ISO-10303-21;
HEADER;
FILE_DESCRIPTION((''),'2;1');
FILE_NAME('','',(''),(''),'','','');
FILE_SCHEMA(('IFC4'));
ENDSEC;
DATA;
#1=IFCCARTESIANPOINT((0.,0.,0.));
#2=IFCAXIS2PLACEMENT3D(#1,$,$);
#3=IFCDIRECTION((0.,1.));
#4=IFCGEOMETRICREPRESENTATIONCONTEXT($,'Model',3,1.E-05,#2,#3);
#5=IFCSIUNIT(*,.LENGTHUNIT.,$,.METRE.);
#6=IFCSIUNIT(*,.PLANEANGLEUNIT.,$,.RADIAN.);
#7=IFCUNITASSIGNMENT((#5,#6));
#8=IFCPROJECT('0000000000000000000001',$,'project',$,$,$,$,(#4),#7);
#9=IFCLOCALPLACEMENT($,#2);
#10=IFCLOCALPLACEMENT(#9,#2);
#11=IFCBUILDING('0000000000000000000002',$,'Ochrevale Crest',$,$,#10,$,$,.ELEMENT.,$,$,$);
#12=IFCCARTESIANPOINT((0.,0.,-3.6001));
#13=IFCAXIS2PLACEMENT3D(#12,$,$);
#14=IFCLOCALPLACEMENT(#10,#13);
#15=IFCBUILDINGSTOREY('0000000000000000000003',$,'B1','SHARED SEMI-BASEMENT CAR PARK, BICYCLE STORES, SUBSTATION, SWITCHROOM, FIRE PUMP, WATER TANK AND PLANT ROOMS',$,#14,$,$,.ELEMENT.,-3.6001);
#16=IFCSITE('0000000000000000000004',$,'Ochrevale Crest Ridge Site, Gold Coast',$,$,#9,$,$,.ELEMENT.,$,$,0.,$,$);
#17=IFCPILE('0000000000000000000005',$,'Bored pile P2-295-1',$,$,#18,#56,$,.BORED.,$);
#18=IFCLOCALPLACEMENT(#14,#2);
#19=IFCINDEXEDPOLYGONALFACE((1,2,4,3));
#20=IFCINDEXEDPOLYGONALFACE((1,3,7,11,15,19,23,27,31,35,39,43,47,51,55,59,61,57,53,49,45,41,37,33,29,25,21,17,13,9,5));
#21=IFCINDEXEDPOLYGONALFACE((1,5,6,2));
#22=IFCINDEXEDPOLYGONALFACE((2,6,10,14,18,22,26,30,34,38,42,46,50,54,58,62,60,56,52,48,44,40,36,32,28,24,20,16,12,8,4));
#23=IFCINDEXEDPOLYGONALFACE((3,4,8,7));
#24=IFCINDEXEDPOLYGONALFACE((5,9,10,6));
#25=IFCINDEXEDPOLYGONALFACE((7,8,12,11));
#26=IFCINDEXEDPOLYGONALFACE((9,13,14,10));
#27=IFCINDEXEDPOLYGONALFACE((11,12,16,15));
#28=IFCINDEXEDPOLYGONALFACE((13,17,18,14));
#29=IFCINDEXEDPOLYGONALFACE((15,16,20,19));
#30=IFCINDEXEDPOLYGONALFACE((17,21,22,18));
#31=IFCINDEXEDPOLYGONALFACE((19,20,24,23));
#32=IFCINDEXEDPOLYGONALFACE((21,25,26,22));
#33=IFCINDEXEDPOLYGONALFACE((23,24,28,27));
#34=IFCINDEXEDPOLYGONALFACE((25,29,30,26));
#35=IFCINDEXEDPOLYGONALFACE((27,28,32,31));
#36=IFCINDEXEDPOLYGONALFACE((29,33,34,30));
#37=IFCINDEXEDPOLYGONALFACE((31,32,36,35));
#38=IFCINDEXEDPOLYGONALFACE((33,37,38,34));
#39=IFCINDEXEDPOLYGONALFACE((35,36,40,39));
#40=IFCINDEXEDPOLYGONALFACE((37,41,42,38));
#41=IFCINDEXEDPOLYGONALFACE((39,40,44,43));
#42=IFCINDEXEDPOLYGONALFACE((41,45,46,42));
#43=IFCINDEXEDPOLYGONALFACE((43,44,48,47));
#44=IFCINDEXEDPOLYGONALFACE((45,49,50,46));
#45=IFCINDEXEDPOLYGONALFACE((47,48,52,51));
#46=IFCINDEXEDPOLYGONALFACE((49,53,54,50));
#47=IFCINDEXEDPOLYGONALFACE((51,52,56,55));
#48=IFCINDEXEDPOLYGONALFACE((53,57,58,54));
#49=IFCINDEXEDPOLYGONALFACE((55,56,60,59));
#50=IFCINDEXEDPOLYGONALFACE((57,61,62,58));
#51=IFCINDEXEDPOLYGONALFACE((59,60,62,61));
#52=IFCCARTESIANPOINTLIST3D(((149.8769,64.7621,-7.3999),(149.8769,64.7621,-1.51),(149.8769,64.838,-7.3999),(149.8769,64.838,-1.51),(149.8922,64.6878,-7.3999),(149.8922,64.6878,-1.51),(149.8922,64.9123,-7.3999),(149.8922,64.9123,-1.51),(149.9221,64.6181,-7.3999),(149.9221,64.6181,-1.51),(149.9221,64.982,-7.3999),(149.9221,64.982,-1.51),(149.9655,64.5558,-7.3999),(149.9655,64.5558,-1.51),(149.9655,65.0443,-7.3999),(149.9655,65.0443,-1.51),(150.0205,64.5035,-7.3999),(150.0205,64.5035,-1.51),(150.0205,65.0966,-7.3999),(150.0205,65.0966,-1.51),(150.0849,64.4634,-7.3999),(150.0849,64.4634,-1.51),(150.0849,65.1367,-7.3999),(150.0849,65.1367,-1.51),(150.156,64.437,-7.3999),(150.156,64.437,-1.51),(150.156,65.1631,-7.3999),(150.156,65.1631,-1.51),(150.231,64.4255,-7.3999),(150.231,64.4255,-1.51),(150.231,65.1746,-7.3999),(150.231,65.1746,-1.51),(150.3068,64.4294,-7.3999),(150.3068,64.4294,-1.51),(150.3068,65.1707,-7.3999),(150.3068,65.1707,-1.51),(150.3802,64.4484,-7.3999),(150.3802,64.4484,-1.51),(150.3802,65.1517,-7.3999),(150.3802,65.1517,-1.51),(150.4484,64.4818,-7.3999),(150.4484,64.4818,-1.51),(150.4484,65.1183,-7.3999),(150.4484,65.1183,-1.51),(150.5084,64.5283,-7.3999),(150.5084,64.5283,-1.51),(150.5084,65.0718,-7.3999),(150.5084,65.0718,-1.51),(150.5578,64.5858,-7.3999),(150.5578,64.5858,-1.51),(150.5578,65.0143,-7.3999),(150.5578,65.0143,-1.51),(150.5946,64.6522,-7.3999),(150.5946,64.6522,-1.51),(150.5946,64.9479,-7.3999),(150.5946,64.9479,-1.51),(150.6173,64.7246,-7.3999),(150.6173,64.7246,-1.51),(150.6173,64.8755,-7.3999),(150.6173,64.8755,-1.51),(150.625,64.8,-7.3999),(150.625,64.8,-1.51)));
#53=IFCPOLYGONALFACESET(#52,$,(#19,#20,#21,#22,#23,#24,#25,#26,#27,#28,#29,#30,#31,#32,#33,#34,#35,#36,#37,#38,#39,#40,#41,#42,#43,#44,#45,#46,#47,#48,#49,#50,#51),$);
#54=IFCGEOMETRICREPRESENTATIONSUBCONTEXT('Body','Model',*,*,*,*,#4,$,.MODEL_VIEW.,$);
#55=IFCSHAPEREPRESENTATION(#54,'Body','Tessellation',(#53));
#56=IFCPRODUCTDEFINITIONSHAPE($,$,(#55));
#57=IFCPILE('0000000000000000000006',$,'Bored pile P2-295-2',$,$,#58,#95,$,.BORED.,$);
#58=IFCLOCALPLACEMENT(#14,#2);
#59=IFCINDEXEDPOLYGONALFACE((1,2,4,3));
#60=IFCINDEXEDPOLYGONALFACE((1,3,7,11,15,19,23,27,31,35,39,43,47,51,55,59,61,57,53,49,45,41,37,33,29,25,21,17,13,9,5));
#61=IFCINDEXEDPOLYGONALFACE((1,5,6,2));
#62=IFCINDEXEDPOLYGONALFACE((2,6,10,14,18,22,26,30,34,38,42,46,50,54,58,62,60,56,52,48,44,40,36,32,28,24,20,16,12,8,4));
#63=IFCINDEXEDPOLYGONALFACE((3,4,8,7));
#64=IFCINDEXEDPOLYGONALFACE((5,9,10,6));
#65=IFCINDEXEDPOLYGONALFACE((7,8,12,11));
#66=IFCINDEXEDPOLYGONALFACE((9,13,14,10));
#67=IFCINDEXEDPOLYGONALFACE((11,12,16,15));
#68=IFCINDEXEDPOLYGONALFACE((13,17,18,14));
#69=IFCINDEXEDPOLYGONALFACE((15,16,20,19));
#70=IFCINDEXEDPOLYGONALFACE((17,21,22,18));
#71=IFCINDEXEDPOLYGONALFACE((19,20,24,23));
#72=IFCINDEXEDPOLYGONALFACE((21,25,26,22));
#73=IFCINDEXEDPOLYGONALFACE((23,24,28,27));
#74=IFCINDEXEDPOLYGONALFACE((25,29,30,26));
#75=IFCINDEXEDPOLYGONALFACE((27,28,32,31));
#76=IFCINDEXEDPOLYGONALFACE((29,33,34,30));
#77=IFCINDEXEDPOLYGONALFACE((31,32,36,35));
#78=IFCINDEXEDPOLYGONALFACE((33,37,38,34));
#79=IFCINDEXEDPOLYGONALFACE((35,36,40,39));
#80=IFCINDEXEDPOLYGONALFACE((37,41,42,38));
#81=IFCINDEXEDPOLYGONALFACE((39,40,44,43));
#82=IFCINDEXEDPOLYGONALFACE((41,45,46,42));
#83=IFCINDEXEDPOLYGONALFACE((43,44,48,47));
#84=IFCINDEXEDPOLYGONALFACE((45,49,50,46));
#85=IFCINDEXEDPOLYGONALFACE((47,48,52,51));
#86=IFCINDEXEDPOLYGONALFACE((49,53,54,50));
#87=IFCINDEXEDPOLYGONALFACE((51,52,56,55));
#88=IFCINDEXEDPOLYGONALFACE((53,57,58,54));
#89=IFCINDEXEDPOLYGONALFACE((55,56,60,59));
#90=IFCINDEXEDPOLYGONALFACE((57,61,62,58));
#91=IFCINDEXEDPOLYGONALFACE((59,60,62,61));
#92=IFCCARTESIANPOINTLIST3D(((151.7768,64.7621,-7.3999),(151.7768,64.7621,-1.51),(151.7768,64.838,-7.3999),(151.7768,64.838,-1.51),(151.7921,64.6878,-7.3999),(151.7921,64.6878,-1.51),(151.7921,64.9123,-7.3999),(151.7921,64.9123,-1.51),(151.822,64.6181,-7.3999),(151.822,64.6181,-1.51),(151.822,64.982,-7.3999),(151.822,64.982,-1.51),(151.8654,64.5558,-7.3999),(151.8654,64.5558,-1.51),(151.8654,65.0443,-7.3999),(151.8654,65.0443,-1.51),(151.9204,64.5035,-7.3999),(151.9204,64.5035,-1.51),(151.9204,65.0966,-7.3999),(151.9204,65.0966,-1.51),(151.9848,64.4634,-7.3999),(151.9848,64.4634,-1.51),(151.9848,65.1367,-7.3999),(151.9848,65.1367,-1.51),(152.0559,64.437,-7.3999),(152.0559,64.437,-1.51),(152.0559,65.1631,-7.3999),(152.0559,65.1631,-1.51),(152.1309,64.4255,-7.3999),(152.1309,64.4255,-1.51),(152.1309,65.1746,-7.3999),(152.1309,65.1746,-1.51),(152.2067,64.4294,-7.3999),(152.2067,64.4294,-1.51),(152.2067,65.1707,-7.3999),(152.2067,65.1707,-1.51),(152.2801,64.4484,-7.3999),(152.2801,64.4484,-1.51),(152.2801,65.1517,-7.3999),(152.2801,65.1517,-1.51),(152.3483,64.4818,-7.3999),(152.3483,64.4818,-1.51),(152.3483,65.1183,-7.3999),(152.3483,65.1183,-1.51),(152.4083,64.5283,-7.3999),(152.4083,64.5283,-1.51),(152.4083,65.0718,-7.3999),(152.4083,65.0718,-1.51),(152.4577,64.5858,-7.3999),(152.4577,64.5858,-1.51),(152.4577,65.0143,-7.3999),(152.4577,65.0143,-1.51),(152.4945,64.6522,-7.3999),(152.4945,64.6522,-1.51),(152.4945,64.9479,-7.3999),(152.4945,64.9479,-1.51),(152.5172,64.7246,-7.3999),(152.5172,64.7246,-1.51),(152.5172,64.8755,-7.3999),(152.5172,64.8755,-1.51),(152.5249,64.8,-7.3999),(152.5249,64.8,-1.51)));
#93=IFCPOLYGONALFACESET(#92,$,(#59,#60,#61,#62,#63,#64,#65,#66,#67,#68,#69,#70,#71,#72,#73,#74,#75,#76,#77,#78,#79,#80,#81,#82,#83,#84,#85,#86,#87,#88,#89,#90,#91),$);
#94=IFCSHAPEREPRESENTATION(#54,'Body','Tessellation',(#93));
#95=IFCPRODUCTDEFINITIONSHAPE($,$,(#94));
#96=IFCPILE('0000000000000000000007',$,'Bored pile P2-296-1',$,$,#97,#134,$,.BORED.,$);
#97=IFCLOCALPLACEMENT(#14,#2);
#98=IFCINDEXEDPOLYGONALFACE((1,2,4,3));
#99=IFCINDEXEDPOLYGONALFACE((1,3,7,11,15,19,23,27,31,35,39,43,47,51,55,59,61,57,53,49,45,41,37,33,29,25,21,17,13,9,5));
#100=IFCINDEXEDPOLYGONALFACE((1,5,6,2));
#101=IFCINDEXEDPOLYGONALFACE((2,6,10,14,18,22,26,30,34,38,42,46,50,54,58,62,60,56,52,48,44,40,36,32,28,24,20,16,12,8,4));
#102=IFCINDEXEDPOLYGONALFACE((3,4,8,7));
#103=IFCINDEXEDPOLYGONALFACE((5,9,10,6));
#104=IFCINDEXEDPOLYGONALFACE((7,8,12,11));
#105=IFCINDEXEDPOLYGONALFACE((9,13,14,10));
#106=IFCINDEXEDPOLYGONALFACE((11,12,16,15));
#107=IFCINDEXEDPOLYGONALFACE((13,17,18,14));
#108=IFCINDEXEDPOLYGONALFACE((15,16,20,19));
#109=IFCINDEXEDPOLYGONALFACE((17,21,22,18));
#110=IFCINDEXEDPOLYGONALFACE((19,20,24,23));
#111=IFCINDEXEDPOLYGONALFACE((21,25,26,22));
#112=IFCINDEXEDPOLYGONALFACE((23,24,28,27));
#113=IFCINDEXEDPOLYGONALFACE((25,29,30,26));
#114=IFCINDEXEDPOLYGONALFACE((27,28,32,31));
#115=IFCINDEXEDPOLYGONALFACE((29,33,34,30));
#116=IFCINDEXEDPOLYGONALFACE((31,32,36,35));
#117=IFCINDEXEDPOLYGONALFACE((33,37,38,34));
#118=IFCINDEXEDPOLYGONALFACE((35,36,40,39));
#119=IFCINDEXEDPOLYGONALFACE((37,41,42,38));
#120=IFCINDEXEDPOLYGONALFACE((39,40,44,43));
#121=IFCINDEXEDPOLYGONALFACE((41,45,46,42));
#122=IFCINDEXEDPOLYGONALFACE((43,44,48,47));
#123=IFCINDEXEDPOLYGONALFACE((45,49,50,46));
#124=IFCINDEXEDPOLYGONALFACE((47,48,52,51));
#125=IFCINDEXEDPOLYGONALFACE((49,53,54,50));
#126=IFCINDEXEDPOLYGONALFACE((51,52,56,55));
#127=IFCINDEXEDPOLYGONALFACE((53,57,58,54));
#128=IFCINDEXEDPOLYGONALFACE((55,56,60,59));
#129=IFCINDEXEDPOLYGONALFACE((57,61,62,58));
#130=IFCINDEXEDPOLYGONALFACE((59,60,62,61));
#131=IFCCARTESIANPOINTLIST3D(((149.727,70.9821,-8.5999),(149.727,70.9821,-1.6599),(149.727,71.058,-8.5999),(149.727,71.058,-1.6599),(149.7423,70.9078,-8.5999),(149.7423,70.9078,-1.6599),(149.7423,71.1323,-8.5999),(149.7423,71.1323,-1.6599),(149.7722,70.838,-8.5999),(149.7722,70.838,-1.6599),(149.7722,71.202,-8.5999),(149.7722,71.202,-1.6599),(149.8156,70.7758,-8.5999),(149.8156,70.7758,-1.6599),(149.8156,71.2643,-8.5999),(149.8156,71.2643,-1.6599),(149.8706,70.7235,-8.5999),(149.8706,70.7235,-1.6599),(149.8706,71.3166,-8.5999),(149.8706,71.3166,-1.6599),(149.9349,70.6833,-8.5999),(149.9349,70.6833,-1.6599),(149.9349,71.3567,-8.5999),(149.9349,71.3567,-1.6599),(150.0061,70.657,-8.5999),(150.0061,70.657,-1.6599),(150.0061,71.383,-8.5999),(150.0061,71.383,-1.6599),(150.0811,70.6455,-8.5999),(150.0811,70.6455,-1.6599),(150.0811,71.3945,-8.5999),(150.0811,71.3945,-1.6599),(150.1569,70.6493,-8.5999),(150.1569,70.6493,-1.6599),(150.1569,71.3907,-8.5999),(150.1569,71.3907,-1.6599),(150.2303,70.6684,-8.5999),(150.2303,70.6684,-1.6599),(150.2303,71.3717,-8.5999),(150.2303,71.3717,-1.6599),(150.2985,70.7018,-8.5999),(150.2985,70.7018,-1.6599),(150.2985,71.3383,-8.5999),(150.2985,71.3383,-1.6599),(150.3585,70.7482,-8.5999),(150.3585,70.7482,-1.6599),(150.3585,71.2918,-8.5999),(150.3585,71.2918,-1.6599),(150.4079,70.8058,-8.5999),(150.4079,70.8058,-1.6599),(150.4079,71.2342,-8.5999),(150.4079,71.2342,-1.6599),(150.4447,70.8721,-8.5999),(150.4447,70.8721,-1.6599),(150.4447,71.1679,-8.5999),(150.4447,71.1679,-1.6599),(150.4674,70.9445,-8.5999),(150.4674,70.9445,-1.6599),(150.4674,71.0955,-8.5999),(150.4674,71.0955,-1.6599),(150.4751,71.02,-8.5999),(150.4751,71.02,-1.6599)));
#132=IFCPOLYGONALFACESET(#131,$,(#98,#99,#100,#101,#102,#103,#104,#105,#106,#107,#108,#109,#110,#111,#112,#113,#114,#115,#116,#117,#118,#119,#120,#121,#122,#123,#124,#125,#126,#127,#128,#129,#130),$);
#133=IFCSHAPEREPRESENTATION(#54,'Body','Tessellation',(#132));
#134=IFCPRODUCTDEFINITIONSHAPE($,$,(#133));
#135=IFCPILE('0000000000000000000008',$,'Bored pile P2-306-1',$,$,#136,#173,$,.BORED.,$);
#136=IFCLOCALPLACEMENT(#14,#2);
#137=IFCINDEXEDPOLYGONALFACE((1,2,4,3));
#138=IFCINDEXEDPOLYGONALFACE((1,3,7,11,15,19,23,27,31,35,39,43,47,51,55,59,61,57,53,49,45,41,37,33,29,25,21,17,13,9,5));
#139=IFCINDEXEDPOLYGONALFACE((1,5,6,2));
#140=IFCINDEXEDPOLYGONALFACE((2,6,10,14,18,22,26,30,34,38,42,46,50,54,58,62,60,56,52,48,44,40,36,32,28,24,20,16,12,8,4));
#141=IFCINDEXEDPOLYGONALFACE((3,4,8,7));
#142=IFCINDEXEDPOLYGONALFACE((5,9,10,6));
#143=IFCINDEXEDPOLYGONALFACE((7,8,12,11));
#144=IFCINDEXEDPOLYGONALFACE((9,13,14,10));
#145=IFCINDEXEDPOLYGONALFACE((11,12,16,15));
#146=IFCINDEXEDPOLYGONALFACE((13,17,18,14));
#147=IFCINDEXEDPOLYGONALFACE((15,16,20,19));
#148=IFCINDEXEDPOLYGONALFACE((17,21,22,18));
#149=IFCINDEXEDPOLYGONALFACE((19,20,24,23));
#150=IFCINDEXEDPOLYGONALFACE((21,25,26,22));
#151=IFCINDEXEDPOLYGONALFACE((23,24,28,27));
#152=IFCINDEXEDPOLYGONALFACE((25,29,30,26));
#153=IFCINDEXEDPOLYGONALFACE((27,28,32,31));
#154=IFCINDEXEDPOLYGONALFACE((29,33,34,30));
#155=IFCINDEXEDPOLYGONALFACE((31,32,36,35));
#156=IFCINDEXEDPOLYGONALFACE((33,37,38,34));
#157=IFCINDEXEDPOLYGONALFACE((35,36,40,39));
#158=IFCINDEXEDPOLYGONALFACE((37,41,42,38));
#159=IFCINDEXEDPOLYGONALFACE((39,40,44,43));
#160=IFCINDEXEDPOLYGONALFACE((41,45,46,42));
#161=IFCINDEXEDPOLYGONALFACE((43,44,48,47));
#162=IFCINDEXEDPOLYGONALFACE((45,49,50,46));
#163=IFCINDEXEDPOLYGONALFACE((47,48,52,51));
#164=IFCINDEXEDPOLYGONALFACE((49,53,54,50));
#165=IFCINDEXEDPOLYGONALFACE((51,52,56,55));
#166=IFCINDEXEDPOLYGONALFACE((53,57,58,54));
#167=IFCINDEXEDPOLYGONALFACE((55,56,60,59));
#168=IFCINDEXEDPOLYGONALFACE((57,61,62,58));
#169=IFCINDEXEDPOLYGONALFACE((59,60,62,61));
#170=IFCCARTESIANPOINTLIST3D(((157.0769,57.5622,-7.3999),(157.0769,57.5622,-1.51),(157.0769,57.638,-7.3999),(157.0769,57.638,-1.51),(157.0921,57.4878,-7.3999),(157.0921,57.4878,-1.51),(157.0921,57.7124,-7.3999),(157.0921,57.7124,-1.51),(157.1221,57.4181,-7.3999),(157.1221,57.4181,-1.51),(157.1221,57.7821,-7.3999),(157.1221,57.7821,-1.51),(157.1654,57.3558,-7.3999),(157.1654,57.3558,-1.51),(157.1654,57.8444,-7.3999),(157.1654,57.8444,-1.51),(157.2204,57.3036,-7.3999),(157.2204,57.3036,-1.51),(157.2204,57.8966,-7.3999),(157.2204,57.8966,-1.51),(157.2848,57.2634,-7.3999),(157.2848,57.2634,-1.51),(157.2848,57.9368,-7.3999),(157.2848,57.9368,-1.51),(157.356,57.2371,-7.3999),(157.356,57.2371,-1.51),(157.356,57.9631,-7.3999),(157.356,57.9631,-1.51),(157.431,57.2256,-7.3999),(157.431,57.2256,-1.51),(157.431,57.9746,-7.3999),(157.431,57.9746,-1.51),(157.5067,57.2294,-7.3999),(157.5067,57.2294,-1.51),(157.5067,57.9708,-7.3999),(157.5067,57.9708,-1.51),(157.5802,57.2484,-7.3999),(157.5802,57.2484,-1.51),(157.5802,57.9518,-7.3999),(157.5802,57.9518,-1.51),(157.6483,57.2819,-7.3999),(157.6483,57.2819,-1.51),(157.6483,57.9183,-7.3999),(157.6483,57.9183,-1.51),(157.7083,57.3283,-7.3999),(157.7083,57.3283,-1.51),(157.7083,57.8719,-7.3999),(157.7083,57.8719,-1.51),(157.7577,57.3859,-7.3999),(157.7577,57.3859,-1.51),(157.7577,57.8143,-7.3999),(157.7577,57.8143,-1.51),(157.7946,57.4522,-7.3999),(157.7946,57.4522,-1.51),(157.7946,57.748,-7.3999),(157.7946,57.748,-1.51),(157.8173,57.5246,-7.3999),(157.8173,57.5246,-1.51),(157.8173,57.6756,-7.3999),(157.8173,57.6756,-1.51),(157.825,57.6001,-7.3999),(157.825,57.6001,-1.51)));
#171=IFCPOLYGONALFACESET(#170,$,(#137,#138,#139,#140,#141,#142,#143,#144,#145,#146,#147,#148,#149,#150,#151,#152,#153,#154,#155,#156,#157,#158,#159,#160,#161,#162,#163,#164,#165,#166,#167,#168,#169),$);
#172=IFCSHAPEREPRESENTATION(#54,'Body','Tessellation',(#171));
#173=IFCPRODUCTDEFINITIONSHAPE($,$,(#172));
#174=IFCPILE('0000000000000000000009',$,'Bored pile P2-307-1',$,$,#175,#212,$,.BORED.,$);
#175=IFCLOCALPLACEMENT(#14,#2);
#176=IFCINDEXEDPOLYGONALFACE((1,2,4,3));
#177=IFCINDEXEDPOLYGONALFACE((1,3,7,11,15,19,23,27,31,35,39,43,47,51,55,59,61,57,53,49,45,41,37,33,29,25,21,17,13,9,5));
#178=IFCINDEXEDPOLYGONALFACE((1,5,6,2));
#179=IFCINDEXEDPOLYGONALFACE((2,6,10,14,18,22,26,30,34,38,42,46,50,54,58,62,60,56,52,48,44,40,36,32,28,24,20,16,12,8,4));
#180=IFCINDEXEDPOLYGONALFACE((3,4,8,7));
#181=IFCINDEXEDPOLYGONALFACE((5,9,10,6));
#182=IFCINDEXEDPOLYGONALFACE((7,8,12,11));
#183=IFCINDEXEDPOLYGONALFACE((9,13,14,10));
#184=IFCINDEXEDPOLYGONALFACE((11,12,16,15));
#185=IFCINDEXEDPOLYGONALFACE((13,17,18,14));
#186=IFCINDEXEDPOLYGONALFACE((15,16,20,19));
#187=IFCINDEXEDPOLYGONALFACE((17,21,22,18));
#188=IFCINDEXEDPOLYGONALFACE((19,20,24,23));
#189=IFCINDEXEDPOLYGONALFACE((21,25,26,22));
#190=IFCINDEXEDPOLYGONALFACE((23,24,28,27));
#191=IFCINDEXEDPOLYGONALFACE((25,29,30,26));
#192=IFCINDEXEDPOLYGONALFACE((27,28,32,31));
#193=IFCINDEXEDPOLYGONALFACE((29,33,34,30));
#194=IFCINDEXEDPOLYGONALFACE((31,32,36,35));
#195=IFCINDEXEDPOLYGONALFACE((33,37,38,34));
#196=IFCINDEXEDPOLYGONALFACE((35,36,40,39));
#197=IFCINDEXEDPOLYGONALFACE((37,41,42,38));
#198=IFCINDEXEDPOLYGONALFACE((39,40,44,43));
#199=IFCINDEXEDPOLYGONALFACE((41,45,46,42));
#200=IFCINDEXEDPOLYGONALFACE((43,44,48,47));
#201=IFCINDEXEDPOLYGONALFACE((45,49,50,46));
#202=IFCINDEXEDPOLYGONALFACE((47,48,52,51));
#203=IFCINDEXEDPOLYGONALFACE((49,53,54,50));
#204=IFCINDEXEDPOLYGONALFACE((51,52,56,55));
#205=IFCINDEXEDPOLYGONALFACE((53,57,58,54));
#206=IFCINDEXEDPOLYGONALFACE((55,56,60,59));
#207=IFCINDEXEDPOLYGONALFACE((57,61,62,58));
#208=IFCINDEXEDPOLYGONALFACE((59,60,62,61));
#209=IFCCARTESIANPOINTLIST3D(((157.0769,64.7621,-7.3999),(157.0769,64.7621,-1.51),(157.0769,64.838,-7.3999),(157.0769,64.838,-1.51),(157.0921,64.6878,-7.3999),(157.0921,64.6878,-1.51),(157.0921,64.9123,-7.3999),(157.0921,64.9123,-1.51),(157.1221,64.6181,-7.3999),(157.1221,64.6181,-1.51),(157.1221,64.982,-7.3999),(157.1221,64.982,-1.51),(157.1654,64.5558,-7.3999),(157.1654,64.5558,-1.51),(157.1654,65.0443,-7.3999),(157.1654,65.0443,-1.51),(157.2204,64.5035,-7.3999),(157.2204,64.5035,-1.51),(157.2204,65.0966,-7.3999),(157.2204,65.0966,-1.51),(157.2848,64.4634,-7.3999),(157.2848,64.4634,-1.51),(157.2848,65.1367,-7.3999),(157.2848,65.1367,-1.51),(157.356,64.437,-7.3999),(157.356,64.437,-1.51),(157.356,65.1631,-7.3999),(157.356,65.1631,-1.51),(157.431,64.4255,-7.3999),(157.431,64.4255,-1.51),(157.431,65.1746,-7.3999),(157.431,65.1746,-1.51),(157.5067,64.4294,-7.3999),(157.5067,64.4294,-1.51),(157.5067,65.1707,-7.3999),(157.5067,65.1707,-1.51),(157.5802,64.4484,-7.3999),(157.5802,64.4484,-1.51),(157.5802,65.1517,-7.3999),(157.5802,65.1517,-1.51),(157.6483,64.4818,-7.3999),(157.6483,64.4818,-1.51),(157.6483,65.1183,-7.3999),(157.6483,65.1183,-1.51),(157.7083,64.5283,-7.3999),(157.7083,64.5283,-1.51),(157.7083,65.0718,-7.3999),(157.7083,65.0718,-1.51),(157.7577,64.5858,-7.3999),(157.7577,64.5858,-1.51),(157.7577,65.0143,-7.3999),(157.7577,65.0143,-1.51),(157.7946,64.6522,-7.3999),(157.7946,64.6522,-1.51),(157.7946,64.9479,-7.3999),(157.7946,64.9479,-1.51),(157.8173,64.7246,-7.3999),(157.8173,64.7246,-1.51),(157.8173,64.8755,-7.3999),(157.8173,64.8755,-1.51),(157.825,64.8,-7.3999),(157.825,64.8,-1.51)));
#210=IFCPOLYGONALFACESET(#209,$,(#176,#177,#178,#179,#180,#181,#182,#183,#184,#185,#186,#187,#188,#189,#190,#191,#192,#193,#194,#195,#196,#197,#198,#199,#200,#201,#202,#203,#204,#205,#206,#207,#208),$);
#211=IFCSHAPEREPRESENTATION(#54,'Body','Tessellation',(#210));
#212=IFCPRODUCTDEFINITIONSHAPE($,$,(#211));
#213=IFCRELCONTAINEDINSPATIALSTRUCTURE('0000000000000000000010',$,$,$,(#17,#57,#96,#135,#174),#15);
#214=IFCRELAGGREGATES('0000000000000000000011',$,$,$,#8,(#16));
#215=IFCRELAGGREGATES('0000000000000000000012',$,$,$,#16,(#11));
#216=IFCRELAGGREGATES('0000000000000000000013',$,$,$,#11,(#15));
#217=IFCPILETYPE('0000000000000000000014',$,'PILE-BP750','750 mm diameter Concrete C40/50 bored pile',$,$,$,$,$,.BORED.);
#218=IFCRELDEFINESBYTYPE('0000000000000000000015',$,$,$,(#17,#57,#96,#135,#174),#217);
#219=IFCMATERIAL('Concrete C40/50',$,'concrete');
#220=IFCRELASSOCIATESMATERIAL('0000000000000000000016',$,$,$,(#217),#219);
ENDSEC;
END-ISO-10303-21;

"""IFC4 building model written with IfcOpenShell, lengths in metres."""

from ifc_helpers import new_model, si_unit, direction, frame, origin, origin_2d, place, context, subcontext, project, spatial, circle, extrude, material, material_profile, profile_set, type_object, element, save


model = new_model("IFC4")

# Units and contexts
model_context = context("Model", 3, precision=1e-05, world=origin(), true_north=direction((0.0, 1.0)))
body_context = subcontext(model_context, "Body", "Model", "MODEL_VIEW")
ifc_project = project(units=[si_unit("LENGTHUNIT", "METRE"), si_unit("PLANEANGLEUNIT", "RADIAN")], contexts=[model_context])

# Site, building, storey
site_placement = place(None, origin())
site = spatial("IfcSite", under=ifc_project, at=site_placement, Name="Ochrevale Crest Ridge Site, Gold Coast", CompositionType="ELEMENT", RefElevation=0.0)
building_placement = place(site_placement, origin())
building = spatial("IfcBuilding", under=site, at=building_placement, Name="Ochrevale Crest", CompositionType="ELEMENT")
storey_placement = place(building_placement, frame((0.0, 0.0, -3.6001)))
storey = spatial("IfcBuildingStorey", under=building, at=storey_placement, Name="B1", Description="SHARED SEMI-BASEMENT CAR PARK, BICYCLE STORES, SUBSTATION, SWITCHROOM, FIRE PUMP, WATER TANK AND PLANT ROOMS", CompositionType="ELEMENT", Elevation=-3.6001)

# Shared definitions
ifc_material_1 = material(Name="Concrete C40/50", Category="concrete")

# Piles
ifc_material_profile_1 = material_profile(ifc_material_1, circle(Radius=0.375, at=origin_2d()), Name="BORED PILE 750")
ifc_profile_set_1 = profile_set([ifc_material_profile_1], Name="Concrete C40/50")
pile_type = type_object("IfcPileType", Name="PILE-BP750", Description="750 mm diameter Concrete C40/50 bored pile", PredefinedType="BORED", material=ifc_profile_set_1)
for number, where, z_axis, x_axis, name in (
    (1, (150.25, 64.8, -1.51), (0.0, 0.0, -1.0), (1.0, 0.0, 0.0), "Bored pile P2-295-1"),
    (2, (152.1499, 64.8, -1.51), (0.0, 0.0, -1.0), (1.0, 0.0, 0.0), "Bored pile P2-295-2"),
):
    element("IfcPile", number, at=place(storey_placement, frame(where, z_axis=z_axis, x_axis=x_axis)), inside=storey, type_object=pile_type, Name=name, PredefinedType="BORED", context=body_context, shape_type="SweptSolid", body=[
        extrude(circle(Radius=0.375, at=origin_2d()), origin(), (0.0, 0.0, 1.0), 5.8899),
    ])
pile_placement = place(storey_placement, frame((150.1001, 71.02, -1.6599), z_axis=(0.0, 0.0, -1.0), x_axis=(1.0, 0.0, 0.0)))
element("IfcPile", 3, at=pile_placement, inside=storey, type_object=pile_type, Name="Bored pile P2-296-1", PredefinedType="BORED", context=body_context, shape_type="SweptSolid", body=[
    extrude(circle(Radius=0.375, at=origin_2d()), origin(), (0.0, 0.0, 1.0), 6.9399),
])
for number, where, z_axis, x_axis, name in (
    (4, (157.45, 57.6001, -1.51), (0.0, 0.0, -1.0), (1.0, 0.0, 0.0), "Bored pile P2-306-1"),
    (5, (157.45, 64.8, -1.51), (0.0, 0.0, -1.0), (1.0, 0.0, 0.0), "Bored pile P2-307-1"),
):
    element("IfcPile", number, at=place(storey_placement, frame(where, z_axis=z_axis, x_axis=x_axis)), inside=storey, type_object=pile_type, Name=name, PredefinedType="BORED", context=body_context, shape_type="SweptSolid", body=[
        extrude(circle(Radius=0.375, at=origin_2d()), origin(), (0.0, 0.0, 1.0), 5.8899),
    ])

save(model, "model.ifc")
